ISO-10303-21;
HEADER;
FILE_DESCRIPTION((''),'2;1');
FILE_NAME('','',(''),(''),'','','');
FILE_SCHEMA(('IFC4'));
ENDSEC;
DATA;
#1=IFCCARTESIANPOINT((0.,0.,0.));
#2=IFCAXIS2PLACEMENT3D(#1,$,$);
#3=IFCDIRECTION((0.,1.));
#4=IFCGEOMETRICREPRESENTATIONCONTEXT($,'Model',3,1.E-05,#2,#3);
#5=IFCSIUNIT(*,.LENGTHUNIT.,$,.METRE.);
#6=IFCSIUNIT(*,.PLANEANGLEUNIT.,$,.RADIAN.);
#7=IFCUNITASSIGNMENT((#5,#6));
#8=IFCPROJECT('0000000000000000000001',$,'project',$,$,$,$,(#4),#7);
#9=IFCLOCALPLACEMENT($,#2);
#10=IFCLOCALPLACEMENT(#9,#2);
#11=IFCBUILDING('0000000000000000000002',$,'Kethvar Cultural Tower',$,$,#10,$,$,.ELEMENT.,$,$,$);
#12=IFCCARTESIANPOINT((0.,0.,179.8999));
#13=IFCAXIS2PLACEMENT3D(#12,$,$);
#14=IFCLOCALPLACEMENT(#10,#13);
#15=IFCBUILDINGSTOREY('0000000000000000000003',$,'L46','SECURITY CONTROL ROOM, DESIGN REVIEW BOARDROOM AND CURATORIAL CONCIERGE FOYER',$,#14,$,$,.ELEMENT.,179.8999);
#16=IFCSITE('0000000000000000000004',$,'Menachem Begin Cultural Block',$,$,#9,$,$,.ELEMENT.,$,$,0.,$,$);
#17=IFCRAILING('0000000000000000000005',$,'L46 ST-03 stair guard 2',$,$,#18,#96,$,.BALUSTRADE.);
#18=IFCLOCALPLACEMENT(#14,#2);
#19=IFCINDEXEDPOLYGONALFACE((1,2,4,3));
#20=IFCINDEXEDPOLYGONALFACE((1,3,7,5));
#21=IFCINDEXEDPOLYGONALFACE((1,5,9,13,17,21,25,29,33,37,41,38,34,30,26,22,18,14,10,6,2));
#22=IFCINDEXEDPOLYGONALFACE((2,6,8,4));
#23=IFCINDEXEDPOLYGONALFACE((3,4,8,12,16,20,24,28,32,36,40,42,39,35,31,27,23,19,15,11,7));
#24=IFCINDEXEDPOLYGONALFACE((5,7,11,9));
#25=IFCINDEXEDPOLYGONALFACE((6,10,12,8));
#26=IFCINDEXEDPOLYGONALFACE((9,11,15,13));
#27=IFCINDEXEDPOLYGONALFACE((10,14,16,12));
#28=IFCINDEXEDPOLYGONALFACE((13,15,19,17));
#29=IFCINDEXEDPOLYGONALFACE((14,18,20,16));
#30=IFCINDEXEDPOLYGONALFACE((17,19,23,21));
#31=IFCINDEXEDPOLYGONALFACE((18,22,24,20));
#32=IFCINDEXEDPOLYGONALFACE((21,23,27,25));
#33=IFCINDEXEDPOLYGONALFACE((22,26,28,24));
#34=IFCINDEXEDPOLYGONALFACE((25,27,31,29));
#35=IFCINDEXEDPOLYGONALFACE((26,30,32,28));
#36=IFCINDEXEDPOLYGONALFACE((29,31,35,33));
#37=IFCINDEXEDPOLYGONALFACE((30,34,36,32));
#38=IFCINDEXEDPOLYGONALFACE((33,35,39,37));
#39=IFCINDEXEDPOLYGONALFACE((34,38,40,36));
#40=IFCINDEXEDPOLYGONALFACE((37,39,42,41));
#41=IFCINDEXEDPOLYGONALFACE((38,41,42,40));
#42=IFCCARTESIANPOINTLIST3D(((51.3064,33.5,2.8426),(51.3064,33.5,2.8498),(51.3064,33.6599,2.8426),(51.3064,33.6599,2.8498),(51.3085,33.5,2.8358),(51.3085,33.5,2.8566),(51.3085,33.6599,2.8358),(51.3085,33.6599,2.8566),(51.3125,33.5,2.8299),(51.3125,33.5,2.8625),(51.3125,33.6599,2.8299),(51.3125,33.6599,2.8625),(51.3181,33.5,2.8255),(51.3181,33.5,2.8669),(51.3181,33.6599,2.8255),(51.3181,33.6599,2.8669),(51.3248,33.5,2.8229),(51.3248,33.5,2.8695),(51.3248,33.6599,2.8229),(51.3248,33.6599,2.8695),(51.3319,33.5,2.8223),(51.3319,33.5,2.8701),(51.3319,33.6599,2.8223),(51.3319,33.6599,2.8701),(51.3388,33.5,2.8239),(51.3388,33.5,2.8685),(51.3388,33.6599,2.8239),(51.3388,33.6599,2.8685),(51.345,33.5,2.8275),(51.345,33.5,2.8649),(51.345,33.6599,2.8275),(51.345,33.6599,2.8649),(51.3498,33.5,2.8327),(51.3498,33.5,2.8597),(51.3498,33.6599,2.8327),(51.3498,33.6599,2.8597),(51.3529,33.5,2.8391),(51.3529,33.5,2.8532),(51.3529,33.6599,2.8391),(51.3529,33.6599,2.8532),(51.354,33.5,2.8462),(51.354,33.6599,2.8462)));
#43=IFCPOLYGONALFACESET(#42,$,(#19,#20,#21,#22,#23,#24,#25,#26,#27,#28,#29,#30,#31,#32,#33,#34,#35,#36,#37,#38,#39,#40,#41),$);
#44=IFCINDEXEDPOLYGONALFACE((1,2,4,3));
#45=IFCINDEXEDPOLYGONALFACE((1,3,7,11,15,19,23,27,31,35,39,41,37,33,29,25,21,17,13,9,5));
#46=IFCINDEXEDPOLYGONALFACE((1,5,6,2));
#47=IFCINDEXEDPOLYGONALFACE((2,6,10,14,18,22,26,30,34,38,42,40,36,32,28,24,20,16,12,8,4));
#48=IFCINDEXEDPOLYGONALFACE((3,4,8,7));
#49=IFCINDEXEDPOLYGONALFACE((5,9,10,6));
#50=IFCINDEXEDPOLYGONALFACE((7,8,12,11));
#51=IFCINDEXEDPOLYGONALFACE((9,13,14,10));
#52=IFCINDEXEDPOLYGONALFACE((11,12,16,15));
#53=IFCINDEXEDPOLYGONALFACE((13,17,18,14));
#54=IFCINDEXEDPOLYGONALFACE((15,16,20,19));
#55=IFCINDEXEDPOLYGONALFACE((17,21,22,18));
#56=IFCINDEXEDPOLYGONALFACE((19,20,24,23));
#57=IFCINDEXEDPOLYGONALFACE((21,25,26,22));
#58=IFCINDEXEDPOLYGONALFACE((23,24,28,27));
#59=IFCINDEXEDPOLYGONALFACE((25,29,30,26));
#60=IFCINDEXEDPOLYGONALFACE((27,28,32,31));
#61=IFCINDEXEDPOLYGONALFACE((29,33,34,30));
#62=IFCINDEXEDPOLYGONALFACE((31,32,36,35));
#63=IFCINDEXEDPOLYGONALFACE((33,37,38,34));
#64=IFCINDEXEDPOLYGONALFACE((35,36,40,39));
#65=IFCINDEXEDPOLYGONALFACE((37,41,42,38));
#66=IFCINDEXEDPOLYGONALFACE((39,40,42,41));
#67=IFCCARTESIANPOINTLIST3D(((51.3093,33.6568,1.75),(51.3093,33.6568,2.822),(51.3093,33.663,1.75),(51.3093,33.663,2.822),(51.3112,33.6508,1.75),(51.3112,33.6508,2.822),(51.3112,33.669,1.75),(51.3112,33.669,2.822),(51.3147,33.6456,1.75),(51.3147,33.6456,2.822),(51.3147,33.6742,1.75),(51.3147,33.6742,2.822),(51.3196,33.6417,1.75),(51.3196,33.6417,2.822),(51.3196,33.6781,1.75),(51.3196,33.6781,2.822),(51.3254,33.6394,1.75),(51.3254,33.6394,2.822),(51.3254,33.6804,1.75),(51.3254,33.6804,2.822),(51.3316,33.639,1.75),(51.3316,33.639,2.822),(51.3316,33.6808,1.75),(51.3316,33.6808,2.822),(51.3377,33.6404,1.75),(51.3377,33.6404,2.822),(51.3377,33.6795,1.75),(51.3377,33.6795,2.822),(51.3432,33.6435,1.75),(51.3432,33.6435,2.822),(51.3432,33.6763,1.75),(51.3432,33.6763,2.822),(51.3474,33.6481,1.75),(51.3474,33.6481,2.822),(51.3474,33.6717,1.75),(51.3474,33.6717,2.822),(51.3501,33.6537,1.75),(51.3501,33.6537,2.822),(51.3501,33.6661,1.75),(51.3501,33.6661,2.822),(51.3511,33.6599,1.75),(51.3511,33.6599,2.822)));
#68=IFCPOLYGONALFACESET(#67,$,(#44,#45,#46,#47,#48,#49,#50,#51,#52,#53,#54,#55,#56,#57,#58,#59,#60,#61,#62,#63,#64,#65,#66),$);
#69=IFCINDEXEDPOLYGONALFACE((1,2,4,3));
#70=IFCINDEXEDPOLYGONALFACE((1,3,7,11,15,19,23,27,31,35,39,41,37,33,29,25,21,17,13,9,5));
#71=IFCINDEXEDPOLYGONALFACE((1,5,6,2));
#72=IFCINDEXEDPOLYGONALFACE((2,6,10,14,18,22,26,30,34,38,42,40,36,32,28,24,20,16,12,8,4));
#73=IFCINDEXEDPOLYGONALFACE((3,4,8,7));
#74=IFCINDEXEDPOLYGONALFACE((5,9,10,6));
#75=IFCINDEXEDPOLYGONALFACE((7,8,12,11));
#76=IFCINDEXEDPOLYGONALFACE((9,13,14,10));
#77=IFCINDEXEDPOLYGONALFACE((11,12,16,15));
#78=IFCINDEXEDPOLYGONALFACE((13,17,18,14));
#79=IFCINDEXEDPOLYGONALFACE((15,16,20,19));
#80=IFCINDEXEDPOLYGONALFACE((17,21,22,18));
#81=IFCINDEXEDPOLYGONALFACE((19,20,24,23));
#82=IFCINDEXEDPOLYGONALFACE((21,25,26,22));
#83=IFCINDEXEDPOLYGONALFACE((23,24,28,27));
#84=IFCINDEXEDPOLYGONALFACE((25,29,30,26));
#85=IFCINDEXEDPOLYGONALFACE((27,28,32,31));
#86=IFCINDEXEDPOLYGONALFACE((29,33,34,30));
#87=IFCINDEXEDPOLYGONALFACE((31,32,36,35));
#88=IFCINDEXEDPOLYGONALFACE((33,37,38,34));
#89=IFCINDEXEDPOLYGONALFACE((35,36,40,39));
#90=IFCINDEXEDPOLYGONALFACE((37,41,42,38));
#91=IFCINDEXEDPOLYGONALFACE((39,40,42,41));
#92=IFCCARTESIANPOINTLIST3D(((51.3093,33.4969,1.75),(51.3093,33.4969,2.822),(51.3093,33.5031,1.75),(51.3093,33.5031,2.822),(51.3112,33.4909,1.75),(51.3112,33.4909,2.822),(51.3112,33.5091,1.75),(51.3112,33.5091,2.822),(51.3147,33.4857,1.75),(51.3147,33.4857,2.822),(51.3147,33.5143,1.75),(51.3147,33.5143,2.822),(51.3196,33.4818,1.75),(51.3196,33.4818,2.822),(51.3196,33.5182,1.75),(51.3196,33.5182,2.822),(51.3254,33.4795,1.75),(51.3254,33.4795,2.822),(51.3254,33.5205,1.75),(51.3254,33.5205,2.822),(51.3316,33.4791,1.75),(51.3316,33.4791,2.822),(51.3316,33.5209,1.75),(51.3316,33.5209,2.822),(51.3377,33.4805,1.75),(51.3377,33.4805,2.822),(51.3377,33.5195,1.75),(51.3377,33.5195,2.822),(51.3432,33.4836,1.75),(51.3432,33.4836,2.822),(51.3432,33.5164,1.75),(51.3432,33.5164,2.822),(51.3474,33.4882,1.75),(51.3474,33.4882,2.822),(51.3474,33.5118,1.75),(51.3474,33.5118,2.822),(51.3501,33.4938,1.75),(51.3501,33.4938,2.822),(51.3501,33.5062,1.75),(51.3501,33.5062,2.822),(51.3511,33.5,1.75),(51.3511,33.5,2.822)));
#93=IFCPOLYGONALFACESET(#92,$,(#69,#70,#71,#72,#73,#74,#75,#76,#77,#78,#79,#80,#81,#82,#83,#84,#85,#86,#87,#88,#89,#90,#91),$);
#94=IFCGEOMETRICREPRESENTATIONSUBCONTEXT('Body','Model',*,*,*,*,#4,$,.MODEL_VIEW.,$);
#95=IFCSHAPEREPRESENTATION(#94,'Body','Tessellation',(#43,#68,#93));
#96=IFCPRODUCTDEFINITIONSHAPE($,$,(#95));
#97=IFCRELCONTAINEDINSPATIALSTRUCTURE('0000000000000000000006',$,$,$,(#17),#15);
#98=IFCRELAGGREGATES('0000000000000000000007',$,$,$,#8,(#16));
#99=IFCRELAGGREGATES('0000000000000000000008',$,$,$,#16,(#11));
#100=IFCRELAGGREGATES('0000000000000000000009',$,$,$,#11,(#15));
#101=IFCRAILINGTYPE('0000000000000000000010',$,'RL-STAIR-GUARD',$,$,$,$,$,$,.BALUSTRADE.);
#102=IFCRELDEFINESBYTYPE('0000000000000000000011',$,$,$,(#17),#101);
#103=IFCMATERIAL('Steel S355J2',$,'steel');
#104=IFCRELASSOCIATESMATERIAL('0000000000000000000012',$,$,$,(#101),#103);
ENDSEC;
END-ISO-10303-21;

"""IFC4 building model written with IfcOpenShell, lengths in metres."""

from ifc_helpers import new_model, si_unit, direction, frame, origin, origin_2d, place, context, subcontext, project, spatial, circle, extrude, material, type_object, element, save


model = new_model("IFC4")

# Units and contexts
model_context = context("Model", 3, precision=1e-05, world=origin(), true_north=direction((0.0, 1.0)))
body_context = subcontext(model_context, "Body", "Model", "MODEL_VIEW")
ifc_project = project(units=[si_unit("LENGTHUNIT", "METRE"), si_unit("PLANEANGLEUNIT", "RADIAN")], contexts=[model_context])

# Site, building, storey
site_placement = place(None, origin())
site = spatial("IfcSite", under=ifc_project, at=site_placement, Name="Menachem Begin Cultural Block", CompositionType="ELEMENT", RefElevation=0.0)
building_placement = place(site_placement, origin())
building = spatial("IfcBuilding", under=site, at=building_placement, Name="Kethvar Cultural Tower", CompositionType="ELEMENT")
storey_placement = place(building_placement, frame((0.0, 0.0, 179.8999)))
storey = spatial("IfcBuildingStorey", under=building, at=storey_placement, Name="L46", Description="SECURITY CONTROL ROOM, DESIGN REVIEW BOARDROOM AND CURATORIAL CONCIERGE FOYER", CompositionType="ELEMENT", Elevation=179.8999)

# Shared definitions
ifc_material_1 = material(Name="Steel S355J2", Category="steel")

# Railing
railing_type_1 = type_object("IfcRailingType", Name="RL-STAIR-GUARD", PredefinedType="BALUSTRADE", material=ifc_material_1)
railing_1_placement = place(storey_placement, frame((51.3301, 33.6599, 1.75)))
element("IfcRailing", 1, at=railing_1_placement, inside=storey, type_object=railing_type_1, Name="L46 ST-03 stair guard 2", PredefinedType="BALUSTRADE", context=body_context, shape_type="SweptSolid", body=[
    extrude(circle(Radius=0.0239, at=origin_2d()), frame((0.0, 0.0, 1.0962), z_axis=(0.0, -1.0, 0.0), x_axis=(1.0, 0.0, 0.0)), (0.0, 0.0, 1.0), 0.1599),
    extrude(circle(Radius=0.021, at=origin_2d()), origin(), (0.0, 0.0, 1.0), 1.072),
    extrude(circle(Radius=0.021, at=origin_2d()), frame((0.0, -0.1599, 0.0)), (0.0, 0.0, 1.0), 1.072),
])

save(model, "model.ifc")
